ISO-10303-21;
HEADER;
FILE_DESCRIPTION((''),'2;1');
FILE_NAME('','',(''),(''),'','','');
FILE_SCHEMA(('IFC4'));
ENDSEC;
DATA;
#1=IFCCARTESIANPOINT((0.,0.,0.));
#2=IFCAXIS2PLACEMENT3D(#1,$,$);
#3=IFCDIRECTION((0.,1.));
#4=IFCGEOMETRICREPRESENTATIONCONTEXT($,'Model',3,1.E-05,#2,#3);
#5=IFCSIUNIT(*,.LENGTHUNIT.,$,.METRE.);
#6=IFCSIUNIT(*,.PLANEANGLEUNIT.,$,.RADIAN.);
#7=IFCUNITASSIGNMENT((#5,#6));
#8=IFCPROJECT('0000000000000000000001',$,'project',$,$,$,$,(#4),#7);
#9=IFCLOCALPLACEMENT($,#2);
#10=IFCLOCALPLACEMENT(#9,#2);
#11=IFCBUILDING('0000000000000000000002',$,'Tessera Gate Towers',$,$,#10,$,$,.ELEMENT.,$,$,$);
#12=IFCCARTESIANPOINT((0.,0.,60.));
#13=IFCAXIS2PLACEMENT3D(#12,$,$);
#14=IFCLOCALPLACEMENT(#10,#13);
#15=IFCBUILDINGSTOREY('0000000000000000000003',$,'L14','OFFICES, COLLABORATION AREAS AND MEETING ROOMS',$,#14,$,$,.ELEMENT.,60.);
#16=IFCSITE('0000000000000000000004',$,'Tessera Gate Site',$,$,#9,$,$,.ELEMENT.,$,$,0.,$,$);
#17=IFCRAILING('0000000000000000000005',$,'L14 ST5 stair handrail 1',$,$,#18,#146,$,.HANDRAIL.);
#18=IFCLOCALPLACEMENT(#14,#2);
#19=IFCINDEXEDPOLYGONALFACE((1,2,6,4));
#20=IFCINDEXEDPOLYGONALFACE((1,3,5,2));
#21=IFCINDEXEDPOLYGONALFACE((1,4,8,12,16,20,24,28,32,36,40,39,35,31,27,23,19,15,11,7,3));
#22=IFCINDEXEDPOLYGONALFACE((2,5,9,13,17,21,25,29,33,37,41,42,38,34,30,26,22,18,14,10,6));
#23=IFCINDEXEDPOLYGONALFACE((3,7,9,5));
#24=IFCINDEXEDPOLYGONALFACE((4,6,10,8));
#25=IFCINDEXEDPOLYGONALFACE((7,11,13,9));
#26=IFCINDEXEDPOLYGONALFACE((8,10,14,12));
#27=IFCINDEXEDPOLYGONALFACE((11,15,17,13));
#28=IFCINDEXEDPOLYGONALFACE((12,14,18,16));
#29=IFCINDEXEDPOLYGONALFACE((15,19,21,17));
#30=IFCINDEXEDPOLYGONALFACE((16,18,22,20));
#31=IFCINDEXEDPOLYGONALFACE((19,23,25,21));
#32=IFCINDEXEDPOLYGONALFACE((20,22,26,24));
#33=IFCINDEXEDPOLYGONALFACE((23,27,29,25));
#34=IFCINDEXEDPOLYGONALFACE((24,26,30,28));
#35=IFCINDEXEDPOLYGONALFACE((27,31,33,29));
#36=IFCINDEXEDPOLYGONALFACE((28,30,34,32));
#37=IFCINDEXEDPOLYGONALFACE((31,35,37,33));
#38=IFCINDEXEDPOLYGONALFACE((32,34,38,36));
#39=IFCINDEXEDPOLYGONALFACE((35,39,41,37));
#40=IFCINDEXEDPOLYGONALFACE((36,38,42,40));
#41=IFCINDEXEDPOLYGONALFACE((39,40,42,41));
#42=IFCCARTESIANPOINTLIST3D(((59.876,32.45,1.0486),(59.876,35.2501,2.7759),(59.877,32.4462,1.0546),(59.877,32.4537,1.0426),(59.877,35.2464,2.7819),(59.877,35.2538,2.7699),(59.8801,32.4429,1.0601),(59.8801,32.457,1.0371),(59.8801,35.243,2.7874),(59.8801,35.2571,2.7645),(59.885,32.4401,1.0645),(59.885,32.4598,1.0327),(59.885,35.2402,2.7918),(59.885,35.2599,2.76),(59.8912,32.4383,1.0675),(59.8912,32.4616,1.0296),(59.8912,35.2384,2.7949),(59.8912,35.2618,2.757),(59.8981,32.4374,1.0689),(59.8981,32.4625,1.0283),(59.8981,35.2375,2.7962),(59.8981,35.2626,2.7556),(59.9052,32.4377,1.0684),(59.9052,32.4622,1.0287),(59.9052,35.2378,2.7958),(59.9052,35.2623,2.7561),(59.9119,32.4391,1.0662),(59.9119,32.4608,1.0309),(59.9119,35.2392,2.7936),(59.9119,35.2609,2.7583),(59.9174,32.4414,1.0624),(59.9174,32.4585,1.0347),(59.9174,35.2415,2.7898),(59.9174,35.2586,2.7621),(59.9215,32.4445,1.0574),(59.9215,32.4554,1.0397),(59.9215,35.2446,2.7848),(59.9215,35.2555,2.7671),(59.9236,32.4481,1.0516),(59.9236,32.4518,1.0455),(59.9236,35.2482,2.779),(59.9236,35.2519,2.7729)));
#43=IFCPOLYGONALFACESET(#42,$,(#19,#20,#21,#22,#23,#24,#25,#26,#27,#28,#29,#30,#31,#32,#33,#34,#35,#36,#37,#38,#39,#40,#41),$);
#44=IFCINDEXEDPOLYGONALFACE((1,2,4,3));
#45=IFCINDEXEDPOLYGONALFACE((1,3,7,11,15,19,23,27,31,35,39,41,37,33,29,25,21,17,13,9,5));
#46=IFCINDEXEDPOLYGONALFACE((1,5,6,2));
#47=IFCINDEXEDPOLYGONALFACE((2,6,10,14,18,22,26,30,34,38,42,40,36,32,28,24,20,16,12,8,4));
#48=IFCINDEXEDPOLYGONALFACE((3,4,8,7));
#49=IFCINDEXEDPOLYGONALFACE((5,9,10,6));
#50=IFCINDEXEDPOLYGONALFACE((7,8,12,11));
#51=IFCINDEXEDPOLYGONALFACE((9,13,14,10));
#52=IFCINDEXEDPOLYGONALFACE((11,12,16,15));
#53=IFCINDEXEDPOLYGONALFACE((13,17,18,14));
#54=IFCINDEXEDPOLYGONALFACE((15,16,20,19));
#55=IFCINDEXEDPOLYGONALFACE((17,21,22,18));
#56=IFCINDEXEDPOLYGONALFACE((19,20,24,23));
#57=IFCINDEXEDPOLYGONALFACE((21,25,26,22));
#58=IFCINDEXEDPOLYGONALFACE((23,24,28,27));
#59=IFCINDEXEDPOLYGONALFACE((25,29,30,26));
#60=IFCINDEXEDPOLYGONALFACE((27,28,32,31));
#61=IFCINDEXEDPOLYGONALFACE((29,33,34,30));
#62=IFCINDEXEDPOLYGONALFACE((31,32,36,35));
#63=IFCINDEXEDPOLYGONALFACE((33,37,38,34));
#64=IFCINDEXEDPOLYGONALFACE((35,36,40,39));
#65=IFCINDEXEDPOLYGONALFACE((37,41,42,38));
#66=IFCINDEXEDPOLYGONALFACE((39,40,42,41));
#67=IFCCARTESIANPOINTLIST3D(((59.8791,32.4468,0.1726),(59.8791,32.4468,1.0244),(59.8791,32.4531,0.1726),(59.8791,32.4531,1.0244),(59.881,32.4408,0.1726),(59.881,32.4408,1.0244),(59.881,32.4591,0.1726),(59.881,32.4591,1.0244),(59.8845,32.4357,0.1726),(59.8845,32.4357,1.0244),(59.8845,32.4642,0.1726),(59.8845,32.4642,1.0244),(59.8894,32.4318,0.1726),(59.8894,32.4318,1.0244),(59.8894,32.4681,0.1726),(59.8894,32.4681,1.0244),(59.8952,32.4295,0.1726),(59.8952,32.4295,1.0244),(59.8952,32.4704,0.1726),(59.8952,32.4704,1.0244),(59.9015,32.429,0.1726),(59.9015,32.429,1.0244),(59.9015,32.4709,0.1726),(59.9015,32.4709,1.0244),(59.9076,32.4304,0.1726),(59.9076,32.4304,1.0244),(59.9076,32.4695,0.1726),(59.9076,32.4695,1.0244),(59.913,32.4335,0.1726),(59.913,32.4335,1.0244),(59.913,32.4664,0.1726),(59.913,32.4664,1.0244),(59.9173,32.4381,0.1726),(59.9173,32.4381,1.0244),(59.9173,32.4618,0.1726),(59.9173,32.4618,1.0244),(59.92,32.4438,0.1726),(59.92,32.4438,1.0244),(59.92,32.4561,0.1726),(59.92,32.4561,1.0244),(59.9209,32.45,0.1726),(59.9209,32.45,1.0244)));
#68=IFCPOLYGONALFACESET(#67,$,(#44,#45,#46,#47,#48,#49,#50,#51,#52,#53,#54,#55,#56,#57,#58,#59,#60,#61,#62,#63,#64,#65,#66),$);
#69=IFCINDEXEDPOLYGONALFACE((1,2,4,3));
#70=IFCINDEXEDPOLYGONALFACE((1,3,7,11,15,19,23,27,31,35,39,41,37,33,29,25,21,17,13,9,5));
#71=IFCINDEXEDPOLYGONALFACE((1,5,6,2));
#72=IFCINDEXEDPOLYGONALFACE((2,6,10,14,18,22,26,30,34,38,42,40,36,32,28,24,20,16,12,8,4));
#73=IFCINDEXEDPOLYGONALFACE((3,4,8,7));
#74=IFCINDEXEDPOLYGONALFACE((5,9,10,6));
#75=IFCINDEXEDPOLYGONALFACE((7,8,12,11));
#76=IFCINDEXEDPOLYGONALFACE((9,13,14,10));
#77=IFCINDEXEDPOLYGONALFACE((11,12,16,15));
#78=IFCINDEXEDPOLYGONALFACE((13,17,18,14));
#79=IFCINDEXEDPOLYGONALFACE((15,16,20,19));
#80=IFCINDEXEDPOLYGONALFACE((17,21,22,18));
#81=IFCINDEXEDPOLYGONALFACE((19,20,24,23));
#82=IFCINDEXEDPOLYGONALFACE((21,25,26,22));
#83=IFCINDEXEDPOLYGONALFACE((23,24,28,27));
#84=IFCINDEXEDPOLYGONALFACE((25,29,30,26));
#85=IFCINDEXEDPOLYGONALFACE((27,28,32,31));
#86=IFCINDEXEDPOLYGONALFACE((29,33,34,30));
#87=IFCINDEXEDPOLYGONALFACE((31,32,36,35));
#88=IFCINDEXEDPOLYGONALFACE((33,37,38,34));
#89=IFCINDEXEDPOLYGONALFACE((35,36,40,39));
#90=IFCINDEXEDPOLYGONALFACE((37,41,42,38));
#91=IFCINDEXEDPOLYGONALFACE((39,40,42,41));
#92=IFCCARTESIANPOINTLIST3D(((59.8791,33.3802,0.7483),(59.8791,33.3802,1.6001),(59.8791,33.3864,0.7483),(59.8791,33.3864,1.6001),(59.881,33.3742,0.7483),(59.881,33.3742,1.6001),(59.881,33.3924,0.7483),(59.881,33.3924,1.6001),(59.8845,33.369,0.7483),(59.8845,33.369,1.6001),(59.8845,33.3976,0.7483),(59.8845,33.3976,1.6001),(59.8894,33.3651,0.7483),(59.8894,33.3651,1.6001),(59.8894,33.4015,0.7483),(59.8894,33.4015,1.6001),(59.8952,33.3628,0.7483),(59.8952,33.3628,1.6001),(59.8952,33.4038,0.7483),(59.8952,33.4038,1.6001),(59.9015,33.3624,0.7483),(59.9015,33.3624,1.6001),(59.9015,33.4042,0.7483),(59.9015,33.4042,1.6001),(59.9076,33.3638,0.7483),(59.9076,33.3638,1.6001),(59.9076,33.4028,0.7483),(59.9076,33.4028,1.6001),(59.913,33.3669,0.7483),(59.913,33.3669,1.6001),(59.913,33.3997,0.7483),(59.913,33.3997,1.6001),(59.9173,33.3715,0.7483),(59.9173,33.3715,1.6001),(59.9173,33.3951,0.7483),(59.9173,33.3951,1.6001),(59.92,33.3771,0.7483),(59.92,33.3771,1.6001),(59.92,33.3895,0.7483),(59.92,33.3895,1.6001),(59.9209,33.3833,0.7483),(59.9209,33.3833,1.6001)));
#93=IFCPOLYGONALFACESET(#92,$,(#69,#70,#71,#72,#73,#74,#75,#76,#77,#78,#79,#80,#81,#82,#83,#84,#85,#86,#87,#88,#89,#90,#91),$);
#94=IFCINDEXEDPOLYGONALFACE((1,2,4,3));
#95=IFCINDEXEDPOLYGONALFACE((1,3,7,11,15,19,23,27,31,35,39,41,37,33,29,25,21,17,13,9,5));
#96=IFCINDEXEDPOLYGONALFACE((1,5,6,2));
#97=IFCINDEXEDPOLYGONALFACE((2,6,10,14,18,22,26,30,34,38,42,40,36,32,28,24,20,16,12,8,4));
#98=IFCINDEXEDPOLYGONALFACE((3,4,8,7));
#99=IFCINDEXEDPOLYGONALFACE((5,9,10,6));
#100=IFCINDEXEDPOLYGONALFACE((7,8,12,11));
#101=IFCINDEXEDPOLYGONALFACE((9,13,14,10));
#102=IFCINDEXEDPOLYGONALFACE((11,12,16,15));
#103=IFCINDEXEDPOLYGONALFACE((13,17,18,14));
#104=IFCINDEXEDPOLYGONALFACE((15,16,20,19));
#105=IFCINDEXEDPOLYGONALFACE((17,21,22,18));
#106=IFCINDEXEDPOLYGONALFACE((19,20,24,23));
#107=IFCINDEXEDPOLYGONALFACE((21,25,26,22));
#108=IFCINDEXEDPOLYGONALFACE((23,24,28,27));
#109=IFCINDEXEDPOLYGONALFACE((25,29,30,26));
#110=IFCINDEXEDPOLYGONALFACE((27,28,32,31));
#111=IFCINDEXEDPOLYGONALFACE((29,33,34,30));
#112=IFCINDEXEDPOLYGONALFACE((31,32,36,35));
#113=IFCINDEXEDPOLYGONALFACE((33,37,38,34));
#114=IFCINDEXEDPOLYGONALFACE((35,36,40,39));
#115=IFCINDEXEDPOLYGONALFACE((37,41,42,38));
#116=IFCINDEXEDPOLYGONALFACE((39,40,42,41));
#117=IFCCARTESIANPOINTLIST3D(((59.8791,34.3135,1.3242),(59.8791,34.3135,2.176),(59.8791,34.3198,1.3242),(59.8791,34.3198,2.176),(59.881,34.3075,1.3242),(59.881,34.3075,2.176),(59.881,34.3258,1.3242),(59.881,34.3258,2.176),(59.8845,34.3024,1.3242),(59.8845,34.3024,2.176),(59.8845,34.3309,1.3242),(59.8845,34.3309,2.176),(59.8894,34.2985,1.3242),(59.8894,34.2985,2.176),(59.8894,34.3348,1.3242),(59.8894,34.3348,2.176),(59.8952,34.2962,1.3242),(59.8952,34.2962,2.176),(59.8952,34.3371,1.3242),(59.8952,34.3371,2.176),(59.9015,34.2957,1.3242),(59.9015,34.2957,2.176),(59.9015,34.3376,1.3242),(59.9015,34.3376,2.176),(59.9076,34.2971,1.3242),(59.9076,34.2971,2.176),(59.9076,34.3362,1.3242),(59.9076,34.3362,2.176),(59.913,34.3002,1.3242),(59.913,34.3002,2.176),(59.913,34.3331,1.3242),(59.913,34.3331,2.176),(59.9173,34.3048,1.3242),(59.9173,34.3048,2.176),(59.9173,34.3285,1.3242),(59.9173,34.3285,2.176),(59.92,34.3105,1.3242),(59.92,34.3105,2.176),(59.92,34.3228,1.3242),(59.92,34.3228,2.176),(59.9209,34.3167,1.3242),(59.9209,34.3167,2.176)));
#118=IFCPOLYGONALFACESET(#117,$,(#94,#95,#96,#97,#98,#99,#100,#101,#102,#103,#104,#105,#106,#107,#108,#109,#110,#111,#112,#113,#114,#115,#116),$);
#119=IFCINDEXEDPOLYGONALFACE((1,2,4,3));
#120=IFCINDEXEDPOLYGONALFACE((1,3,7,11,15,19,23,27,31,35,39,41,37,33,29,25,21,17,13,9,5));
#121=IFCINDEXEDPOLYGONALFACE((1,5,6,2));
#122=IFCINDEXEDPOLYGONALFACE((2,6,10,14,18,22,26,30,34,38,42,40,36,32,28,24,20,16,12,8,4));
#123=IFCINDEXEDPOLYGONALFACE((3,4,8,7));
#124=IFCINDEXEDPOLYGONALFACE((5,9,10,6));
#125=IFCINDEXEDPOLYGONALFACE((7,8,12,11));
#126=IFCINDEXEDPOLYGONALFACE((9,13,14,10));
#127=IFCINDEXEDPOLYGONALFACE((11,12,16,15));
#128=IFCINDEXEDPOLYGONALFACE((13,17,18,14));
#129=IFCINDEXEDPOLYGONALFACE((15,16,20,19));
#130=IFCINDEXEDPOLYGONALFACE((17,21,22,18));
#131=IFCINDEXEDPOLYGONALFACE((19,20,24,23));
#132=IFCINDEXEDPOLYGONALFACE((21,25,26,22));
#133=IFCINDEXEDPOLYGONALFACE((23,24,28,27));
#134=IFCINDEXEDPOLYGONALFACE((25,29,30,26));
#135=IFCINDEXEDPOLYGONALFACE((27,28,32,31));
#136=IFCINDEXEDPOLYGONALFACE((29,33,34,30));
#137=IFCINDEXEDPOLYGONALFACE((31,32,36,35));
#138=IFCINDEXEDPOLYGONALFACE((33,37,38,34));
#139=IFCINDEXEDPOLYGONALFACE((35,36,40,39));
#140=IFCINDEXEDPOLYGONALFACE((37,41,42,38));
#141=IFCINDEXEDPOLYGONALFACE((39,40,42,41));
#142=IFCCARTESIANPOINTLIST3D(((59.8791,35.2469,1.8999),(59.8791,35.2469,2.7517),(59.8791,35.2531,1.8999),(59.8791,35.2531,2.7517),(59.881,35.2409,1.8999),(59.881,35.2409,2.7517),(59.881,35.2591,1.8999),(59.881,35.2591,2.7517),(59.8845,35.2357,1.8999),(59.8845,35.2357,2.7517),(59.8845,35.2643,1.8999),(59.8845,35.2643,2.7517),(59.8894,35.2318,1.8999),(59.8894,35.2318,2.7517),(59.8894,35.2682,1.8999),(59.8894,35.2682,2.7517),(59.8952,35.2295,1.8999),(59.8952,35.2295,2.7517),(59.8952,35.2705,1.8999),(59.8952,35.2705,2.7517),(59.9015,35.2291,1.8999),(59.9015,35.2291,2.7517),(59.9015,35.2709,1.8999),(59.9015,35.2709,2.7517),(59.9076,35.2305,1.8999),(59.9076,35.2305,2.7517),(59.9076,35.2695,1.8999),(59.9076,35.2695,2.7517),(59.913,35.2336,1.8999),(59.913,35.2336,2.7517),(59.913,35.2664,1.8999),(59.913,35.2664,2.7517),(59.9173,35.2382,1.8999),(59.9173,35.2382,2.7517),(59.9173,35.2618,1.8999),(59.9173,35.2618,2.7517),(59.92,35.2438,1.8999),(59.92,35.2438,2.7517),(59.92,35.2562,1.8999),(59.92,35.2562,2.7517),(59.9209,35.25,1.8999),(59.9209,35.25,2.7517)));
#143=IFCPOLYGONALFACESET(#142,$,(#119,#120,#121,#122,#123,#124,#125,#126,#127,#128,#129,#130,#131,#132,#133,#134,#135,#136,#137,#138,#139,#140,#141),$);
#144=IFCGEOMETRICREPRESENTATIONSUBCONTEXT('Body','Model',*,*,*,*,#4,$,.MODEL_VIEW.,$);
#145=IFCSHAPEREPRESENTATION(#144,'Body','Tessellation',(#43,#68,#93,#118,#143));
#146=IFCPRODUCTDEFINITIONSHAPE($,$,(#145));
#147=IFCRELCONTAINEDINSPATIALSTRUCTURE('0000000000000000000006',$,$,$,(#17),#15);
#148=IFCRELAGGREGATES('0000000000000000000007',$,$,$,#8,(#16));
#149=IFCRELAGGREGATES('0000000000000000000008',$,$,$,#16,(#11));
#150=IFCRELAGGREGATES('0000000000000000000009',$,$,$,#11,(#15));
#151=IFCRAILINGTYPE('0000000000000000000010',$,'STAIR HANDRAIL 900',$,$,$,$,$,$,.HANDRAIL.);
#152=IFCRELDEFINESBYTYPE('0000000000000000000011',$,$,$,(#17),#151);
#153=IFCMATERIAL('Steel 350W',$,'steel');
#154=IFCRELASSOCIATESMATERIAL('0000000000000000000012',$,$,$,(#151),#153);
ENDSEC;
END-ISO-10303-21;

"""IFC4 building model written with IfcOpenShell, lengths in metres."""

from ifc_helpers import new_model, si_unit, direction, frame, origin, origin_2d, place, context, subcontext, project, spatial, circle, extrude, material, type_object, element, save


model = new_model("IFC4")

# Units and contexts
model_context = context("Model", 3, precision=1e-05, world=origin(), true_north=direction((0.0, 1.0)))
body_context = subcontext(model_context, "Body", "Model", "MODEL_VIEW")
ifc_project = project(units=[si_unit("LENGTHUNIT", "METRE"), si_unit("PLANEANGLEUNIT", "RADIAN")], contexts=[model_context])

# Site, building, storey
site_placement = place(None, origin())
site = spatial("IfcSite", under=ifc_project, at=site_placement, Name="Tessera Gate Site", CompositionType="ELEMENT", RefElevation=0.0)
building_placement = place(site_placement, origin())
building = spatial("IfcBuilding", under=site, at=building_placement, Name="Tessera Gate Towers", CompositionType="ELEMENT")
storey_placement = place(building_placement, frame((0.0, 0.0, 60.0)))
storey = spatial("IfcBuildingStorey", under=building, at=storey_placement, Name="L14", Description="OFFICES, COLLABORATION AREAS AND MEETING ROOMS", CompositionType="ELEMENT", Elevation=60.0)

# Railing
ifc_material_1 = material(Name="Steel 350W", Category="steel")
railing_type_1 = type_object("IfcRailingType", Name="STAIR HANDRAIL 900", PredefinedType="HANDRAIL", material=ifc_material_1)
railing_1_placement = place(storey_placement, frame((59.8999, 32.45, 0.1726)))
element("IfcRailing", 1, at=railing_1_placement, inside=storey, type_object=railing_type_1, Name="L14 ST5 stair handrail 1", PredefinedType="HANDRAIL", context=body_context, shape_type="SweptSolid", body=[
    extrude(circle(Radius=0.0239, at=origin_2d()), frame((0.0, 0.0, 0.876), z_axis=(0.0, 0.85109, 0.52502), x_axis=(-1.0, 0.0, 0.0)), (0.0, 0.0, 1.0), 3.29),
    extrude(circle(Radius=0.021, at=origin_2d()), origin(), (0.0, 0.0, 1.0), 0.8518),
    extrude(circle(Radius=0.021, at=origin_2d()), frame((0.0, 0.9333, 0.5757)), (0.0, 0.0, 1.0), 0.8518),
    extrude(circle(Radius=0.021, at=origin_2d()), frame((0.0, 1.8667, 1.1516)), (0.0, 0.0, 1.0), 0.8518),
    extrude(circle(Radius=0.021, at=origin_2d()), frame((0.0, 2.8, 1.7273)), (0.0, 0.0, 1.0), 0.8518),
])

save(model, "model.ifc")
